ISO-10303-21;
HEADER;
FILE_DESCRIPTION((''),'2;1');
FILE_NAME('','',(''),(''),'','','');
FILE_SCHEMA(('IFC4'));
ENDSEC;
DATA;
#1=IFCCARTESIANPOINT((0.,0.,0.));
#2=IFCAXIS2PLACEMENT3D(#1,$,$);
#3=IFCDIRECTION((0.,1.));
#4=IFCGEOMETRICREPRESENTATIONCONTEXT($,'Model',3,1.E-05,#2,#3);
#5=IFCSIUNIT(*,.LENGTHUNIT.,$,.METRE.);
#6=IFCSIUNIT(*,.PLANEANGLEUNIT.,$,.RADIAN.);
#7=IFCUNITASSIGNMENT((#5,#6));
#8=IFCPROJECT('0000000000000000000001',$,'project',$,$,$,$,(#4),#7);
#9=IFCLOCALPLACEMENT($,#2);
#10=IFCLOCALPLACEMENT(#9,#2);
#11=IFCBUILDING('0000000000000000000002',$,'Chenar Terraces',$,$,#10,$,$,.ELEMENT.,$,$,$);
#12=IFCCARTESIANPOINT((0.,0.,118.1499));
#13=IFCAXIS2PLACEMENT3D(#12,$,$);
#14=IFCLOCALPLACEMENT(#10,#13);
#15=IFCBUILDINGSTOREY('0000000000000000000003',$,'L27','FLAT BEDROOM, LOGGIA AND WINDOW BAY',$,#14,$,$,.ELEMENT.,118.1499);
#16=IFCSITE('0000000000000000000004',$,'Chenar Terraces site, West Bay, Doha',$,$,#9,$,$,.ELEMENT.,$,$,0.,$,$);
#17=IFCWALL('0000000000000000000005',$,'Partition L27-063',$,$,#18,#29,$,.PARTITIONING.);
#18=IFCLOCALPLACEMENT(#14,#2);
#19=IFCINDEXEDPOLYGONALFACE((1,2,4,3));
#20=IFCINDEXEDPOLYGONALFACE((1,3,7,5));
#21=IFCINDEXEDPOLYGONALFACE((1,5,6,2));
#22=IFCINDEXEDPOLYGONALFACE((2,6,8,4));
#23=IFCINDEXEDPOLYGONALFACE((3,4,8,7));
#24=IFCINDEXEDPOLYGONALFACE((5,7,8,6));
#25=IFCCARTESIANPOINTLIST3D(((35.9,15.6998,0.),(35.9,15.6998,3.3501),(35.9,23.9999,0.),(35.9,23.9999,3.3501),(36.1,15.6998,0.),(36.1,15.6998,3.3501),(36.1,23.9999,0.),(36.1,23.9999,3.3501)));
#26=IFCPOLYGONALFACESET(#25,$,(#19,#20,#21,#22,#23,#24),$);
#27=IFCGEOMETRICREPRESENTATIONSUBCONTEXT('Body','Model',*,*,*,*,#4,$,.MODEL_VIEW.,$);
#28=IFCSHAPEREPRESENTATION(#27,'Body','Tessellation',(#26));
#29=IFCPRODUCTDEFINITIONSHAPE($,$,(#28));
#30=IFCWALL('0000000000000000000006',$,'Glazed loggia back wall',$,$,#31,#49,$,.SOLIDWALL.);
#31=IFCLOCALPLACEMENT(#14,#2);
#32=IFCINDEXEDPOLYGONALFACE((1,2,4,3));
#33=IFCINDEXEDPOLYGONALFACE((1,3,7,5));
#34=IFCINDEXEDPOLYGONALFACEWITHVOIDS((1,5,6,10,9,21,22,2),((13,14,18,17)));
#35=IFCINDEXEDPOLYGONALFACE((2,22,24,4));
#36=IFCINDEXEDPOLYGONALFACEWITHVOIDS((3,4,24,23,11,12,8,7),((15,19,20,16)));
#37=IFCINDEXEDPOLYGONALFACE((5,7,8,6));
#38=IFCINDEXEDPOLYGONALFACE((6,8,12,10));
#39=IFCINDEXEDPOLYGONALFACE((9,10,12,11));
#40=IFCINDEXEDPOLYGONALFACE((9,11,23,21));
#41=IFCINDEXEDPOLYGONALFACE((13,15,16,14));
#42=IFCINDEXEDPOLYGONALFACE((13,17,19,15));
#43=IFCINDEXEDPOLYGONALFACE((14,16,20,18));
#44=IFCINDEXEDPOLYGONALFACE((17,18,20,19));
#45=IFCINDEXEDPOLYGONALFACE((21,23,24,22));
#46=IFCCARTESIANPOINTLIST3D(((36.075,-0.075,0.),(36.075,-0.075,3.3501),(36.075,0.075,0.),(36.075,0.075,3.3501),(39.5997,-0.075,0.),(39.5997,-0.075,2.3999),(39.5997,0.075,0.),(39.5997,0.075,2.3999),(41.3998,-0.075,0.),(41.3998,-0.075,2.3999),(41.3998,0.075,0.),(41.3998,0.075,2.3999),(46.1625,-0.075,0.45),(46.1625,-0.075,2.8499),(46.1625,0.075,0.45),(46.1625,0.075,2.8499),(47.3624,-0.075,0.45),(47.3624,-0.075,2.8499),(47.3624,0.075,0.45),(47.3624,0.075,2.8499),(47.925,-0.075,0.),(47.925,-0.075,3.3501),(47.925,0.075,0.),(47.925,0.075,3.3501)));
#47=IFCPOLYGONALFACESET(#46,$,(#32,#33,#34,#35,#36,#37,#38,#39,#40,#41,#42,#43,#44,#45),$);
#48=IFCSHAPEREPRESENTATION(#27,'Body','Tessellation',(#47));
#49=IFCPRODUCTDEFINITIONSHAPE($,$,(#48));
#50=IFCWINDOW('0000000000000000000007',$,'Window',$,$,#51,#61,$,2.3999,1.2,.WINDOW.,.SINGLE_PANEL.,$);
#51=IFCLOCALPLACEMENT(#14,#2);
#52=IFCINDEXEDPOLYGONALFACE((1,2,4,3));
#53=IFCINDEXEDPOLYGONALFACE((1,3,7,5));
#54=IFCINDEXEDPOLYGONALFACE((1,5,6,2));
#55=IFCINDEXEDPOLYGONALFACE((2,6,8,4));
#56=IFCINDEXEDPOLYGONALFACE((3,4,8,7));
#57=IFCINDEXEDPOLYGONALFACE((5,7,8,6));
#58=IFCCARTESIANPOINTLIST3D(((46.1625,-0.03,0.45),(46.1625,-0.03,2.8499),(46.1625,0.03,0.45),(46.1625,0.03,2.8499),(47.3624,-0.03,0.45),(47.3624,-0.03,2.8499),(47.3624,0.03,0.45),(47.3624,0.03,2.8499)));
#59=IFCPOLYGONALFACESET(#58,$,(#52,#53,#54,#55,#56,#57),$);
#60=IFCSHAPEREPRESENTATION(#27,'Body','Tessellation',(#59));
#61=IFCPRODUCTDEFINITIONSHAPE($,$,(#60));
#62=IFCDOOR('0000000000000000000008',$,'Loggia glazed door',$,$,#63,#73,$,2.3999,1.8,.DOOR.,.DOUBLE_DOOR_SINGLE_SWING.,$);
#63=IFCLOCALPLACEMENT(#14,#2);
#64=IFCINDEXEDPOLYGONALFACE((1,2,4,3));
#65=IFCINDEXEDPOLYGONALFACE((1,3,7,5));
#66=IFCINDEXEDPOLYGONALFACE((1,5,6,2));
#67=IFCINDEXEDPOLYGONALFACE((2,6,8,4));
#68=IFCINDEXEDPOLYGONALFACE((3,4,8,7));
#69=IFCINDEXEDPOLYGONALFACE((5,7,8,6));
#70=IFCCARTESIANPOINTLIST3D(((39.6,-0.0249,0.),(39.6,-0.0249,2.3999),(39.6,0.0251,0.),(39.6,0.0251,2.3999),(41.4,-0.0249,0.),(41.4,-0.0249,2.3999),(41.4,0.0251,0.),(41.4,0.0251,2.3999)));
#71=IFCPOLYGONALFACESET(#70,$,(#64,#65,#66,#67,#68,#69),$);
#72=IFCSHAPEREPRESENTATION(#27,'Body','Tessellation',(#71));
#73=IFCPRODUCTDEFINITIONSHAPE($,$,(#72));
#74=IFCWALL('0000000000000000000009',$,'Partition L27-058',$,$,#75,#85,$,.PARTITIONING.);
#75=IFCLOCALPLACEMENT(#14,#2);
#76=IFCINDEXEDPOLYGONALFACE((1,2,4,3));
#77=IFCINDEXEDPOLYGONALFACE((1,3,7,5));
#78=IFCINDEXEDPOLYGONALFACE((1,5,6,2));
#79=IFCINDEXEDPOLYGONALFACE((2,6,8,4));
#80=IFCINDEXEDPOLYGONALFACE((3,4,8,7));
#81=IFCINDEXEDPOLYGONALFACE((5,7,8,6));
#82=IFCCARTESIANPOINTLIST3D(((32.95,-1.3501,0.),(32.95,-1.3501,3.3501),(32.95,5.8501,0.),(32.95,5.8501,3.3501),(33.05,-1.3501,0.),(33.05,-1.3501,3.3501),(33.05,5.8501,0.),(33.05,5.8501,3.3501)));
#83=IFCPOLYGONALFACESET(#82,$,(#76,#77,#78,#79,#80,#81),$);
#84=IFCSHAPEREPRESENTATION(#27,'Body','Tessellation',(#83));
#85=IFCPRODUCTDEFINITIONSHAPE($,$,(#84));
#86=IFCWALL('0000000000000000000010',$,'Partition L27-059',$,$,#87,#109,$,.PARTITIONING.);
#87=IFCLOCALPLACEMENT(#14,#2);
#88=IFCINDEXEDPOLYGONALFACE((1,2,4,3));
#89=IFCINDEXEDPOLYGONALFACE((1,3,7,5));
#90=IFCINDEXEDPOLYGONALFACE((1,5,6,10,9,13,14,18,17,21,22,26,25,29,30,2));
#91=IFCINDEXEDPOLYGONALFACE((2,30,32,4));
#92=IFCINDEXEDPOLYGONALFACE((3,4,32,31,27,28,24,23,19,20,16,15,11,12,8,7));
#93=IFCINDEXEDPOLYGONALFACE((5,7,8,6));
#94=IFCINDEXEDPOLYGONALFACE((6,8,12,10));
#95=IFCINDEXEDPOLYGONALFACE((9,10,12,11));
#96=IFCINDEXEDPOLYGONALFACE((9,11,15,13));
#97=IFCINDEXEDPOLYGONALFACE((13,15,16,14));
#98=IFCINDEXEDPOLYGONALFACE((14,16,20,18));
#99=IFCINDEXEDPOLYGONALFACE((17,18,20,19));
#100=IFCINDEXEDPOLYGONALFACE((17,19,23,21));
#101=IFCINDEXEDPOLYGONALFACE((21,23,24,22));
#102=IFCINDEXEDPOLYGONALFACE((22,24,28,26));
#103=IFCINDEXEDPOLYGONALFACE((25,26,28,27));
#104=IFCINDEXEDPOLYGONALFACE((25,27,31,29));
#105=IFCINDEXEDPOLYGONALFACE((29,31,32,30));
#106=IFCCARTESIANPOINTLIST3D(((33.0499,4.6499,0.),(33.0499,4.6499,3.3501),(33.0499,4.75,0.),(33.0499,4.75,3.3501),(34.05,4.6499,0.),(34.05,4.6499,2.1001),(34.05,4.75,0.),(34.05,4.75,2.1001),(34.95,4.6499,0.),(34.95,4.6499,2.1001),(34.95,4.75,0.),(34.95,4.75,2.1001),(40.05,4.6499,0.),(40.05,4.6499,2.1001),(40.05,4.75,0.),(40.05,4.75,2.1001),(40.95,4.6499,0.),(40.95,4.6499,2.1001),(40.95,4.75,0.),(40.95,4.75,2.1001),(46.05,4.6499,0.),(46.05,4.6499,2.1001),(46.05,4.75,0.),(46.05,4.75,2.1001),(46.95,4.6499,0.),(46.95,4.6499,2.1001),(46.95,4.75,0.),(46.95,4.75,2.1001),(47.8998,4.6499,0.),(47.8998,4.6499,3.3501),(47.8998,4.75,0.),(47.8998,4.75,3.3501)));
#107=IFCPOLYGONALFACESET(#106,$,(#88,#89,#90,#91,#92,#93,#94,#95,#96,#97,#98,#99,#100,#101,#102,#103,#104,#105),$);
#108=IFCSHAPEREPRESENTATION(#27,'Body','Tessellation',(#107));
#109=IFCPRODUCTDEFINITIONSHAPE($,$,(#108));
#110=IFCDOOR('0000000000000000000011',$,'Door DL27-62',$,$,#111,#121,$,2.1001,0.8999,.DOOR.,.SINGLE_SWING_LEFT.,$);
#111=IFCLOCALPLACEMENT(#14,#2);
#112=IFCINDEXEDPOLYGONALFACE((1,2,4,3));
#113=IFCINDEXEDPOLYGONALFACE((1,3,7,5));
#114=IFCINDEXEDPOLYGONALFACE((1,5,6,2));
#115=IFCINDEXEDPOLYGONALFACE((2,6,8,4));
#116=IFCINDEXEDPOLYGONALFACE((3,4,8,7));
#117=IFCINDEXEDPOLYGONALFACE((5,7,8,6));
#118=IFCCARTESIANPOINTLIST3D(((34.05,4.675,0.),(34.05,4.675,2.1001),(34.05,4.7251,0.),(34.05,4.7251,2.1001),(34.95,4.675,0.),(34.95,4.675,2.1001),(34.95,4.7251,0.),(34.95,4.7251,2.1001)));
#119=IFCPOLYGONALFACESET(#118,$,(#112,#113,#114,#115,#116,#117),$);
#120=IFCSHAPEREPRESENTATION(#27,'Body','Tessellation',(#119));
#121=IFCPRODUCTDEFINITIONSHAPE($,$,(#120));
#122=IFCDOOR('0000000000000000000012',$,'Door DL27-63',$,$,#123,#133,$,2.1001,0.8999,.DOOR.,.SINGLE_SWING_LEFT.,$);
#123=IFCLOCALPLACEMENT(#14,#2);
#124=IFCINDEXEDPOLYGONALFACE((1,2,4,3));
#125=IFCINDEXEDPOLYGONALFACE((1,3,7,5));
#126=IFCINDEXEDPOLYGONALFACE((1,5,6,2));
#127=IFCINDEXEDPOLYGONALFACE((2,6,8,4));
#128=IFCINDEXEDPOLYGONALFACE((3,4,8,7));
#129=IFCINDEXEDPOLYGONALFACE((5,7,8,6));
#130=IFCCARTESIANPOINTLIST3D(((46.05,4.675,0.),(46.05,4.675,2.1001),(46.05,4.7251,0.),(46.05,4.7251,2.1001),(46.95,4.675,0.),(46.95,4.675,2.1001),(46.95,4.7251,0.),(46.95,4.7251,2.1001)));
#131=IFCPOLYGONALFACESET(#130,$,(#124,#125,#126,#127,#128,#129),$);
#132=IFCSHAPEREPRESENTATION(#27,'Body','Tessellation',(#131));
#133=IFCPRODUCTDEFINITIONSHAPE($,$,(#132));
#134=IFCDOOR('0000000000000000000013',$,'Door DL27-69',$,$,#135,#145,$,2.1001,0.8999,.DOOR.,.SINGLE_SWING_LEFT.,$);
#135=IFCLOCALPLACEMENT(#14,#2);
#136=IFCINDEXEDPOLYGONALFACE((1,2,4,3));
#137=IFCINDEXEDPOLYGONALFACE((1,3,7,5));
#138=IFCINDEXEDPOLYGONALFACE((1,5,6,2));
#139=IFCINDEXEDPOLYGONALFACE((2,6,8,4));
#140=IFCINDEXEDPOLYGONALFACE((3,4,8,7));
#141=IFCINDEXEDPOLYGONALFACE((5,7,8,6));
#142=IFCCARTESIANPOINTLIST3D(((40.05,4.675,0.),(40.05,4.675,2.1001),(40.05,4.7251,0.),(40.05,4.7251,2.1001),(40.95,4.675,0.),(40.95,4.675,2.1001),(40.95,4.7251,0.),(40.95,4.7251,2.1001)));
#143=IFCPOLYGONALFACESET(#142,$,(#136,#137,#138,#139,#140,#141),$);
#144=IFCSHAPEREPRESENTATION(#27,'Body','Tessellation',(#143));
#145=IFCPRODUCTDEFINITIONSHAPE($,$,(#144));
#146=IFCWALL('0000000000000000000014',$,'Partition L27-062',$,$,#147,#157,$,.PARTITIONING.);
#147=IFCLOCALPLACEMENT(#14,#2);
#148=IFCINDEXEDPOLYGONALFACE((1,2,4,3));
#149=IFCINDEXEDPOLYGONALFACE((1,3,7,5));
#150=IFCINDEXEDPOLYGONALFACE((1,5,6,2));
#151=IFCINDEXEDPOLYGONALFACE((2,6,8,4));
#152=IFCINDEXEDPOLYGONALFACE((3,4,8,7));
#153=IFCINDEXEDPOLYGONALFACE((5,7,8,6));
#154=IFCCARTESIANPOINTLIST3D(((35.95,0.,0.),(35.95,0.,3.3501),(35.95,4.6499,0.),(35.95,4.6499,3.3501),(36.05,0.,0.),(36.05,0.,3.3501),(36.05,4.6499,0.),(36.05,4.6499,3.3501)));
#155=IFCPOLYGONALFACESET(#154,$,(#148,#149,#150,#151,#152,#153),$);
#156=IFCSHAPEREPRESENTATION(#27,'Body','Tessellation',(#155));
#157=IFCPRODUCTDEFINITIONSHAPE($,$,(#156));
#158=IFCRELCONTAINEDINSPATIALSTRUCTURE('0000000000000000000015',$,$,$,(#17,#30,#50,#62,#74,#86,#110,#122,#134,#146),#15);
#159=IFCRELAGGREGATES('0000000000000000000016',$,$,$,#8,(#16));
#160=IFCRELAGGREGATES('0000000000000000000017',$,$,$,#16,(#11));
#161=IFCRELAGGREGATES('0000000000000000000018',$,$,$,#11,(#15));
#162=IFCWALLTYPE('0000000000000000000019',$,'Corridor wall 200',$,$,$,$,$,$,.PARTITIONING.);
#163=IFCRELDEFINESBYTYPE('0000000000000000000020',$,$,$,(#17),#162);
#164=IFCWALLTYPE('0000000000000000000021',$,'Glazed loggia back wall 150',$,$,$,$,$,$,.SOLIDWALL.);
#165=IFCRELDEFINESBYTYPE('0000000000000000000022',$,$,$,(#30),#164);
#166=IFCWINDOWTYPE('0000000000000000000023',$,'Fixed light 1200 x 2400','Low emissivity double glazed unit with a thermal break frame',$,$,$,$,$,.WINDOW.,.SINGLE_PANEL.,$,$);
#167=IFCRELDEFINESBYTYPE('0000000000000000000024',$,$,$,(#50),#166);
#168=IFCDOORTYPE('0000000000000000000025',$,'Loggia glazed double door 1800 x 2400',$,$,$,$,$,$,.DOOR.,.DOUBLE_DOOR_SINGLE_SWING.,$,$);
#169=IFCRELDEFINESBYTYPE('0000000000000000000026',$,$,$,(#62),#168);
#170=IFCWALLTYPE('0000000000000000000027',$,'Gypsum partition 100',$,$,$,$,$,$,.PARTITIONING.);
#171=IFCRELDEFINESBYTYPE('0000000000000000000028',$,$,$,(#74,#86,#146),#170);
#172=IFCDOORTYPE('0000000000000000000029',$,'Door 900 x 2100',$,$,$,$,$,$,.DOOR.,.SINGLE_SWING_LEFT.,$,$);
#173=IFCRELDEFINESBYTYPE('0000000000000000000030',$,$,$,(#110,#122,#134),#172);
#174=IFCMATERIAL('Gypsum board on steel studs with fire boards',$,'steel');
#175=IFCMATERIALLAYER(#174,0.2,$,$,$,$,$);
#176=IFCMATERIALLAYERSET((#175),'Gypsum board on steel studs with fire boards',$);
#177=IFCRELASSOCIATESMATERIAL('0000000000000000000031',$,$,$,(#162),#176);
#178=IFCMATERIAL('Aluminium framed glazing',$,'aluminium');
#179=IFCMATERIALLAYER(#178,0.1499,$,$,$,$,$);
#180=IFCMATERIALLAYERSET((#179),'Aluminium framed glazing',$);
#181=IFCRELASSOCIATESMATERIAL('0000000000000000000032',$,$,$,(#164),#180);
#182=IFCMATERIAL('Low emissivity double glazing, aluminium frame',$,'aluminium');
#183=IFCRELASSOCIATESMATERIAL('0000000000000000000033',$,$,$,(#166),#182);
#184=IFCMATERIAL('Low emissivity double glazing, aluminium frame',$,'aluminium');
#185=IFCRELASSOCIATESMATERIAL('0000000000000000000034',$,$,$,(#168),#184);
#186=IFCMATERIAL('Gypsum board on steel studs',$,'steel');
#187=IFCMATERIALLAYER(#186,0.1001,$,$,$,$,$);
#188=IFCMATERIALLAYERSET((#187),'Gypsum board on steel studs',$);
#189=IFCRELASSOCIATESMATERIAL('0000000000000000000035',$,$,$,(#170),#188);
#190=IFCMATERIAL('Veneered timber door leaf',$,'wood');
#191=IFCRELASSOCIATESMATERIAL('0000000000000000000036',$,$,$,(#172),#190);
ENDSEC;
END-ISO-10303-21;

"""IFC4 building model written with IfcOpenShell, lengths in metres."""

from ifc_helpers import new_model, si_unit, direction, frame, frame_2d, origin, place, context, subcontext, project, spatial, rectangle, extrude, material, layer, layer_set, type_object, element, fill, save


model = new_model("IFC4")

# Units and contexts
model_context = context("Model", 3, precision=1e-05, world=origin(), true_north=direction((0.0, 1.0)))
body_context = subcontext(model_context, "Body", "Model", "MODEL_VIEW")
ifc_project = project(units=[si_unit("LENGTHUNIT", "METRE"), si_unit("PLANEANGLEUNIT", "RADIAN")], contexts=[model_context])

# Site, building, storey
site_placement = place(None, origin())
site = spatial("IfcSite", under=ifc_project, at=site_placement, Name="Chenar Terraces site, West Bay, Doha", CompositionType="ELEMENT", RefElevation=0.0)
building_placement = place(site_placement, origin())
building = spatial("IfcBuilding", under=site, at=building_placement, Name="Chenar Terraces", CompositionType="ELEMENT")
storey_placement = place(building_placement, frame((0.0, 0.0, 118.1499)))
storey = spatial("IfcBuildingStorey", under=building, at=storey_placement, Name="L27", Description="FLAT BEDROOM, LOGGIA AND WINDOW BAY", CompositionType="ELEMENT", Elevation=118.1499)

# Shared definitions
ifc_material_1 = material(Name="Gypsum board on steel studs with fire boards", Category="steel")
ifc_layer_1 = layer(ifc_material_1, 0.2)
ifc_layer_set_1 = layer_set([ifc_layer_1], Name="Gypsum board on steel studs with fire boards")
wall_type_1 = type_object("IfcWallType", Name="Corridor wall 200", PredefinedType="PARTITIONING", material=ifc_layer_set_1)

# Wall
wall_1_placement = place(storey_placement, frame((36.0, 15.7, 0.0), z_axis=(0.0, 0.0, 1.0), x_axis=(0.0, 1.0, 0.0)))
element("IfcWall", 1, at=wall_1_placement, inside=storey, type_object=wall_type_1, Name="Partition L27-063", PredefinedType="PARTITIONING", context=body_context, shape_type="SweptSolid", body=[
    extrude(rectangle(XDim=8.3, YDim=0.2, at=frame_2d((4.1499, 0.0))), origin(), (0.0, 0.0, 1.0), 3.3501),
])

# Wall, openings, window, door
ifc_material_2 = material(Name="Aluminium framed glazing", Category="aluminium")
ifc_layer_2 = layer(ifc_material_2, 0.1499)
ifc_layer_set_2 = layer_set([ifc_layer_2], Name="Aluminium framed glazing")
wall_type_2 = type_object("IfcWallType", Name="Glazed loggia back wall 150", PredefinedType="SOLIDWALL", material=ifc_layer_set_2)
wall_2_placement = place(storey_placement, frame((36.075, 0.0, 0.0), z_axis=(0.0, 0.0, 1.0), x_axis=(1.0, 0.0, 0.0)))
wall_2 = element("IfcWall", 2, at=wall_2_placement, inside=storey, type_object=wall_type_2, Name="Glazed loggia back wall", PredefinedType="SOLIDWALL", context=body_context, shape_type="SweptSolid", body=[
    extrude(rectangle(XDim=11.8501, YDim=0.1499, at=frame_2d((5.925, 0.0))), origin(), (0.0, 0.0, 1.0), 3.3501),
])
opening_1_placement = place(wall_2_placement, frame((3.5249, 0.0, 0.0)))
opening_1 = element("IfcOpeningElement", 3, at=opening_1_placement, cuts=wall_2, PredefinedType="OPENING", context=body_context, shape_type="SweptSolid", body=[
    extrude(rectangle(XDim=1.8, YDim=2.3999, at=frame_2d((0.8999, 1.2))), frame((0.0, 0.085, 0.0), z_axis=(0.0, -1.0, 0.0), x_axis=(1.0, 0.0, 0.0)), (0.0, 0.0, 1.0), 0.1699),
])
opening_2_placement = place(wall_2_placement, frame((10.0874, 0.0, 0.45)))
opening_2 = element("IfcOpeningElement", 4, at=opening_2_placement, cuts=wall_2, PredefinedType="OPENING", context=body_context, shape_type="SweptSolid", body=[
    extrude(rectangle(XDim=1.2, YDim=2.3999, at=frame_2d((0.6001, 1.2))), frame((0.0, 0.085, 0.0), z_axis=(0.0, -1.0, 0.0), x_axis=(1.0, 0.0, 0.0)), (0.0, 0.0, 1.0), 0.1699),
])
ifc_material_3 = material(Name="Low emissivity double glazing, aluminium frame", Category="aluminium")
window_type = type_object("IfcWindowType", Name="Fixed light 1200 x 2400", Description="Low emissivity double glazed unit with a thermal break frame", PartitioningType="SINGLE_PANEL", PredefinedType="WINDOW", material=ifc_material_3)
window_placement = place(opening_2_placement, origin())
window = element("IfcWindow", 5, at=window_placement, inside=storey, type_object=window_type, Name="Window", OverallHeight=2.3999, OverallWidth=1.2, PartitioningType="SINGLE_PANEL", PredefinedType="WINDOW", context=body_context, shape_type="SweptSolid", body=[
    extrude(rectangle(XDim=1.2, YDim=2.3999, at=frame_2d((0.6001, 1.2))), frame((0.0, 0.03, 0.0), z_axis=(0.0, -1.0, 0.0), x_axis=(1.0, 0.0, 0.0)), (0.0, 0.0, 1.0), 0.0601),
])
fill(opening_2, window)
ifc_material_4 = material(Name="Low emissivity double glazing, aluminium frame", Category="aluminium")
door_type_1 = type_object("IfcDoorType", Name="Loggia glazed double door 1800 x 2400", OperationType="DOUBLE_DOOR_SINGLE_SWING", PredefinedType="DOOR", material=ifc_material_4)
door_1_placement = place(opening_1_placement, frame((1.8, 0.0, 0.0), z_axis=(0.0, 0.0, 1.0), x_axis=(-1.0, 0.0, 0.0)))
door_1 = element("IfcDoor", 6, at=door_1_placement, inside=storey, type_object=door_type_1, Name="Loggia glazed door", OperationType="DOUBLE_DOOR_SINGLE_SWING", OverallHeight=2.3999, OverallWidth=1.8, PredefinedType="DOOR", context=body_context, shape_type="SweptSolid", body=[
    extrude(rectangle(XDim=1.8, YDim=2.3999, at=frame_2d((0.8999, 1.2))), frame((0.0, 0.0249, 0.0), z_axis=(0.0, -1.0, 0.0), x_axis=(1.0, 0.0, 0.0)), (0.0, 0.0, 1.0), 0.05),
])
fill(opening_1, door_1)

# Wall
ifc_material_5 = material(Name="Gypsum board on steel studs", Category="steel")
ifc_layer_3 = layer(ifc_material_5, 0.1001)
ifc_layer_set_3 = layer_set([ifc_layer_3], Name="Gypsum board on steel studs")
wall_type_3 = type_object("IfcWallType", Name="Gypsum partition 100", PredefinedType="PARTITIONING", material=ifc_layer_set_3)
wall_3_placement = place(storey_placement, frame((33.0, -1.3501, 0.0), z_axis=(0.0, 0.0, 1.0), x_axis=(0.0, 1.0, 0.0)))
element("IfcWall", 7, at=wall_3_placement, inside=storey, type_object=wall_type_3, Name="Partition L27-058", PredefinedType="PARTITIONING", context=body_context, shape_type="SweptSolid", body=[
    extrude(rectangle(XDim=7.2002, YDim=0.1001, at=frame_2d((3.6001, 0.0))), origin(), (0.0, 0.0, 1.0), 3.3501),
])

# Wall, openings, doors
wall_4_placement = place(storey_placement, frame((33.05, 4.7, 0.0), z_axis=(0.0, 0.0, 1.0), x_axis=(1.0, 0.0, 0.0)))
wall_4 = element("IfcWall", 8, at=wall_4_placement, inside=storey, type_object=wall_type_3, Name="Partition L27-059", PredefinedType="PARTITIONING", context=body_context, shape_type="SweptSolid", body=[
    extrude(rectangle(XDim=14.8499, YDim=0.1001, at=frame_2d((7.4248, 0.0))), origin(), (0.0, 0.0, 1.0), 3.3501),
])
opening_3_placement = place(wall_4_placement, frame((1.0, 0.0, 0.0)))
opening_3 = element("IfcOpeningElement", 9, at=opening_3_placement, cuts=wall_4, PredefinedType="OPENING", context=body_context, shape_type="SweptSolid", body=[
    extrude(rectangle(XDim=0.8999, YDim=2.1001, at=frame_2d((0.45, 1.05))), frame((0.0, 0.0601, 0.0), z_axis=(0.0, -1.0, 0.0), x_axis=(1.0, 0.0, 0.0)), (0.0, 0.0, 1.0), 0.1201),
])
opening_4_placement = place(wall_4_placement, frame((13.0, 0.0, 0.0)))
opening_4 = element("IfcOpeningElement", 10, at=opening_4_placement, cuts=wall_4, PredefinedType="OPENING", context=body_context, shape_type="SweptSolid", body=[
    extrude(rectangle(XDim=0.8999, YDim=2.1001, at=frame_2d((0.45, 1.05))), frame((0.0, 0.0601, 0.0), z_axis=(0.0, -1.0, 0.0), x_axis=(1.0, 0.0, 0.0)), (0.0, 0.0, 1.0), 0.1201),
])
opening_5_placement = place(wall_4_placement, frame((7.0, 0.0, 0.0)))
opening_5 = element("IfcOpeningElement", 11, at=opening_5_placement, cuts=wall_4, PredefinedType="OPENING", context=body_context, shape_type="SweptSolid", body=[
    extrude(rectangle(XDim=0.8999, YDim=2.1001, at=frame_2d((0.45, 1.05))), frame((0.0, 0.0601, 0.0), z_axis=(0.0, -1.0, 0.0), x_axis=(1.0, 0.0, 0.0)), (0.0, 0.0, 1.0), 0.1201),
])
ifc_material_6 = material(Name="Veneered timber door leaf", Category="wood")
door_type_2 = type_object("IfcDoorType", Name="Door 900 x 2100", OperationType="SINGLE_SWING_LEFT", PredefinedType="DOOR", material=ifc_material_6)
door_2_placement = place(opening_3_placement, frame((0.8999, 0.0, 0.0), z_axis=(0.0, 0.0, 1.0), x_axis=(-1.0, 0.0, 0.0)))
door_2 = element("IfcDoor", 12, at=door_2_placement, inside=storey, type_object=door_type_2, Name="Door DL27-62", OperationType="SINGLE_SWING_LEFT", OverallHeight=2.1001, OverallWidth=0.8999, PredefinedType="DOOR", context=body_context, shape_type="SweptSolid", body=[
    extrude(rectangle(XDim=0.8999, YDim=2.1001, at=frame_2d((0.45, 1.05))), frame((0.0, 0.0249, 0.0), z_axis=(0.0, -1.0, 0.0), x_axis=(1.0, 0.0, 0.0)), (0.0, 0.0, 1.0), 0.05),
])
fill(opening_3, door_2)
door_3_placement = place(opening_4_placement, frame((0.8999, 0.0, 0.0), z_axis=(0.0, 0.0, 1.0), x_axis=(-1.0, 0.0, 0.0)))
door_3 = element("IfcDoor", 13, at=door_3_placement, inside=storey, type_object=door_type_2, Name="Door DL27-63", OperationType="SINGLE_SWING_LEFT", OverallHeight=2.1001, OverallWidth=0.8999, PredefinedType="DOOR", context=body_context, shape_type="SweptSolid", body=[
    extrude(rectangle(XDim=0.8999, YDim=2.1001, at=frame_2d((0.45, 1.05))), frame((0.0, 0.0249, 0.0), z_axis=(0.0, -1.0, 0.0), x_axis=(1.0, 0.0, 0.0)), (0.0, 0.0, 1.0), 0.05),
])
fill(opening_4, door_3)
door_4_placement = place(opening_5_placement, frame((0.8999, 0.0, 0.0), z_axis=(0.0, 0.0, 1.0), x_axis=(-1.0, 0.0, 0.0)))
door_4 = element("IfcDoor", 14, at=door_4_placement, inside=storey, type_object=door_type_2, Name="Door DL27-69", OperationType="SINGLE_SWING_LEFT", OverallHeight=2.1001, OverallWidth=0.8999, PredefinedType="DOOR", context=body_context, shape_type="SweptSolid", body=[
    extrude(rectangle(XDim=0.8999, YDim=2.1001, at=frame_2d((0.45, 1.05))), frame((0.0, 0.0249, 0.0), z_axis=(0.0, -1.0, 0.0), x_axis=(1.0, 0.0, 0.0)), (0.0, 0.0, 1.0), 0.05),
])
fill(opening_5, door_4)

# Wall
wall_5_placement = place(storey_placement, frame((36.0, 0.0, 0.0), z_axis=(0.0, 0.0, 1.0), x_axis=(0.0, 1.0, 0.0)))
element("IfcWall", 15, at=wall_5_placement, inside=storey, type_object=wall_type_3, Name="Partition L27-062", PredefinedType="PARTITIONING", context=body_context, shape_type="SweptSolid", body=[
    extrude(rectangle(XDim=4.6499, YDim=0.1001, at=frame_2d((2.325, 0.0))), origin(), (0.0, 0.0, 1.0), 3.3501),
])

save(model, "model.ifc")
